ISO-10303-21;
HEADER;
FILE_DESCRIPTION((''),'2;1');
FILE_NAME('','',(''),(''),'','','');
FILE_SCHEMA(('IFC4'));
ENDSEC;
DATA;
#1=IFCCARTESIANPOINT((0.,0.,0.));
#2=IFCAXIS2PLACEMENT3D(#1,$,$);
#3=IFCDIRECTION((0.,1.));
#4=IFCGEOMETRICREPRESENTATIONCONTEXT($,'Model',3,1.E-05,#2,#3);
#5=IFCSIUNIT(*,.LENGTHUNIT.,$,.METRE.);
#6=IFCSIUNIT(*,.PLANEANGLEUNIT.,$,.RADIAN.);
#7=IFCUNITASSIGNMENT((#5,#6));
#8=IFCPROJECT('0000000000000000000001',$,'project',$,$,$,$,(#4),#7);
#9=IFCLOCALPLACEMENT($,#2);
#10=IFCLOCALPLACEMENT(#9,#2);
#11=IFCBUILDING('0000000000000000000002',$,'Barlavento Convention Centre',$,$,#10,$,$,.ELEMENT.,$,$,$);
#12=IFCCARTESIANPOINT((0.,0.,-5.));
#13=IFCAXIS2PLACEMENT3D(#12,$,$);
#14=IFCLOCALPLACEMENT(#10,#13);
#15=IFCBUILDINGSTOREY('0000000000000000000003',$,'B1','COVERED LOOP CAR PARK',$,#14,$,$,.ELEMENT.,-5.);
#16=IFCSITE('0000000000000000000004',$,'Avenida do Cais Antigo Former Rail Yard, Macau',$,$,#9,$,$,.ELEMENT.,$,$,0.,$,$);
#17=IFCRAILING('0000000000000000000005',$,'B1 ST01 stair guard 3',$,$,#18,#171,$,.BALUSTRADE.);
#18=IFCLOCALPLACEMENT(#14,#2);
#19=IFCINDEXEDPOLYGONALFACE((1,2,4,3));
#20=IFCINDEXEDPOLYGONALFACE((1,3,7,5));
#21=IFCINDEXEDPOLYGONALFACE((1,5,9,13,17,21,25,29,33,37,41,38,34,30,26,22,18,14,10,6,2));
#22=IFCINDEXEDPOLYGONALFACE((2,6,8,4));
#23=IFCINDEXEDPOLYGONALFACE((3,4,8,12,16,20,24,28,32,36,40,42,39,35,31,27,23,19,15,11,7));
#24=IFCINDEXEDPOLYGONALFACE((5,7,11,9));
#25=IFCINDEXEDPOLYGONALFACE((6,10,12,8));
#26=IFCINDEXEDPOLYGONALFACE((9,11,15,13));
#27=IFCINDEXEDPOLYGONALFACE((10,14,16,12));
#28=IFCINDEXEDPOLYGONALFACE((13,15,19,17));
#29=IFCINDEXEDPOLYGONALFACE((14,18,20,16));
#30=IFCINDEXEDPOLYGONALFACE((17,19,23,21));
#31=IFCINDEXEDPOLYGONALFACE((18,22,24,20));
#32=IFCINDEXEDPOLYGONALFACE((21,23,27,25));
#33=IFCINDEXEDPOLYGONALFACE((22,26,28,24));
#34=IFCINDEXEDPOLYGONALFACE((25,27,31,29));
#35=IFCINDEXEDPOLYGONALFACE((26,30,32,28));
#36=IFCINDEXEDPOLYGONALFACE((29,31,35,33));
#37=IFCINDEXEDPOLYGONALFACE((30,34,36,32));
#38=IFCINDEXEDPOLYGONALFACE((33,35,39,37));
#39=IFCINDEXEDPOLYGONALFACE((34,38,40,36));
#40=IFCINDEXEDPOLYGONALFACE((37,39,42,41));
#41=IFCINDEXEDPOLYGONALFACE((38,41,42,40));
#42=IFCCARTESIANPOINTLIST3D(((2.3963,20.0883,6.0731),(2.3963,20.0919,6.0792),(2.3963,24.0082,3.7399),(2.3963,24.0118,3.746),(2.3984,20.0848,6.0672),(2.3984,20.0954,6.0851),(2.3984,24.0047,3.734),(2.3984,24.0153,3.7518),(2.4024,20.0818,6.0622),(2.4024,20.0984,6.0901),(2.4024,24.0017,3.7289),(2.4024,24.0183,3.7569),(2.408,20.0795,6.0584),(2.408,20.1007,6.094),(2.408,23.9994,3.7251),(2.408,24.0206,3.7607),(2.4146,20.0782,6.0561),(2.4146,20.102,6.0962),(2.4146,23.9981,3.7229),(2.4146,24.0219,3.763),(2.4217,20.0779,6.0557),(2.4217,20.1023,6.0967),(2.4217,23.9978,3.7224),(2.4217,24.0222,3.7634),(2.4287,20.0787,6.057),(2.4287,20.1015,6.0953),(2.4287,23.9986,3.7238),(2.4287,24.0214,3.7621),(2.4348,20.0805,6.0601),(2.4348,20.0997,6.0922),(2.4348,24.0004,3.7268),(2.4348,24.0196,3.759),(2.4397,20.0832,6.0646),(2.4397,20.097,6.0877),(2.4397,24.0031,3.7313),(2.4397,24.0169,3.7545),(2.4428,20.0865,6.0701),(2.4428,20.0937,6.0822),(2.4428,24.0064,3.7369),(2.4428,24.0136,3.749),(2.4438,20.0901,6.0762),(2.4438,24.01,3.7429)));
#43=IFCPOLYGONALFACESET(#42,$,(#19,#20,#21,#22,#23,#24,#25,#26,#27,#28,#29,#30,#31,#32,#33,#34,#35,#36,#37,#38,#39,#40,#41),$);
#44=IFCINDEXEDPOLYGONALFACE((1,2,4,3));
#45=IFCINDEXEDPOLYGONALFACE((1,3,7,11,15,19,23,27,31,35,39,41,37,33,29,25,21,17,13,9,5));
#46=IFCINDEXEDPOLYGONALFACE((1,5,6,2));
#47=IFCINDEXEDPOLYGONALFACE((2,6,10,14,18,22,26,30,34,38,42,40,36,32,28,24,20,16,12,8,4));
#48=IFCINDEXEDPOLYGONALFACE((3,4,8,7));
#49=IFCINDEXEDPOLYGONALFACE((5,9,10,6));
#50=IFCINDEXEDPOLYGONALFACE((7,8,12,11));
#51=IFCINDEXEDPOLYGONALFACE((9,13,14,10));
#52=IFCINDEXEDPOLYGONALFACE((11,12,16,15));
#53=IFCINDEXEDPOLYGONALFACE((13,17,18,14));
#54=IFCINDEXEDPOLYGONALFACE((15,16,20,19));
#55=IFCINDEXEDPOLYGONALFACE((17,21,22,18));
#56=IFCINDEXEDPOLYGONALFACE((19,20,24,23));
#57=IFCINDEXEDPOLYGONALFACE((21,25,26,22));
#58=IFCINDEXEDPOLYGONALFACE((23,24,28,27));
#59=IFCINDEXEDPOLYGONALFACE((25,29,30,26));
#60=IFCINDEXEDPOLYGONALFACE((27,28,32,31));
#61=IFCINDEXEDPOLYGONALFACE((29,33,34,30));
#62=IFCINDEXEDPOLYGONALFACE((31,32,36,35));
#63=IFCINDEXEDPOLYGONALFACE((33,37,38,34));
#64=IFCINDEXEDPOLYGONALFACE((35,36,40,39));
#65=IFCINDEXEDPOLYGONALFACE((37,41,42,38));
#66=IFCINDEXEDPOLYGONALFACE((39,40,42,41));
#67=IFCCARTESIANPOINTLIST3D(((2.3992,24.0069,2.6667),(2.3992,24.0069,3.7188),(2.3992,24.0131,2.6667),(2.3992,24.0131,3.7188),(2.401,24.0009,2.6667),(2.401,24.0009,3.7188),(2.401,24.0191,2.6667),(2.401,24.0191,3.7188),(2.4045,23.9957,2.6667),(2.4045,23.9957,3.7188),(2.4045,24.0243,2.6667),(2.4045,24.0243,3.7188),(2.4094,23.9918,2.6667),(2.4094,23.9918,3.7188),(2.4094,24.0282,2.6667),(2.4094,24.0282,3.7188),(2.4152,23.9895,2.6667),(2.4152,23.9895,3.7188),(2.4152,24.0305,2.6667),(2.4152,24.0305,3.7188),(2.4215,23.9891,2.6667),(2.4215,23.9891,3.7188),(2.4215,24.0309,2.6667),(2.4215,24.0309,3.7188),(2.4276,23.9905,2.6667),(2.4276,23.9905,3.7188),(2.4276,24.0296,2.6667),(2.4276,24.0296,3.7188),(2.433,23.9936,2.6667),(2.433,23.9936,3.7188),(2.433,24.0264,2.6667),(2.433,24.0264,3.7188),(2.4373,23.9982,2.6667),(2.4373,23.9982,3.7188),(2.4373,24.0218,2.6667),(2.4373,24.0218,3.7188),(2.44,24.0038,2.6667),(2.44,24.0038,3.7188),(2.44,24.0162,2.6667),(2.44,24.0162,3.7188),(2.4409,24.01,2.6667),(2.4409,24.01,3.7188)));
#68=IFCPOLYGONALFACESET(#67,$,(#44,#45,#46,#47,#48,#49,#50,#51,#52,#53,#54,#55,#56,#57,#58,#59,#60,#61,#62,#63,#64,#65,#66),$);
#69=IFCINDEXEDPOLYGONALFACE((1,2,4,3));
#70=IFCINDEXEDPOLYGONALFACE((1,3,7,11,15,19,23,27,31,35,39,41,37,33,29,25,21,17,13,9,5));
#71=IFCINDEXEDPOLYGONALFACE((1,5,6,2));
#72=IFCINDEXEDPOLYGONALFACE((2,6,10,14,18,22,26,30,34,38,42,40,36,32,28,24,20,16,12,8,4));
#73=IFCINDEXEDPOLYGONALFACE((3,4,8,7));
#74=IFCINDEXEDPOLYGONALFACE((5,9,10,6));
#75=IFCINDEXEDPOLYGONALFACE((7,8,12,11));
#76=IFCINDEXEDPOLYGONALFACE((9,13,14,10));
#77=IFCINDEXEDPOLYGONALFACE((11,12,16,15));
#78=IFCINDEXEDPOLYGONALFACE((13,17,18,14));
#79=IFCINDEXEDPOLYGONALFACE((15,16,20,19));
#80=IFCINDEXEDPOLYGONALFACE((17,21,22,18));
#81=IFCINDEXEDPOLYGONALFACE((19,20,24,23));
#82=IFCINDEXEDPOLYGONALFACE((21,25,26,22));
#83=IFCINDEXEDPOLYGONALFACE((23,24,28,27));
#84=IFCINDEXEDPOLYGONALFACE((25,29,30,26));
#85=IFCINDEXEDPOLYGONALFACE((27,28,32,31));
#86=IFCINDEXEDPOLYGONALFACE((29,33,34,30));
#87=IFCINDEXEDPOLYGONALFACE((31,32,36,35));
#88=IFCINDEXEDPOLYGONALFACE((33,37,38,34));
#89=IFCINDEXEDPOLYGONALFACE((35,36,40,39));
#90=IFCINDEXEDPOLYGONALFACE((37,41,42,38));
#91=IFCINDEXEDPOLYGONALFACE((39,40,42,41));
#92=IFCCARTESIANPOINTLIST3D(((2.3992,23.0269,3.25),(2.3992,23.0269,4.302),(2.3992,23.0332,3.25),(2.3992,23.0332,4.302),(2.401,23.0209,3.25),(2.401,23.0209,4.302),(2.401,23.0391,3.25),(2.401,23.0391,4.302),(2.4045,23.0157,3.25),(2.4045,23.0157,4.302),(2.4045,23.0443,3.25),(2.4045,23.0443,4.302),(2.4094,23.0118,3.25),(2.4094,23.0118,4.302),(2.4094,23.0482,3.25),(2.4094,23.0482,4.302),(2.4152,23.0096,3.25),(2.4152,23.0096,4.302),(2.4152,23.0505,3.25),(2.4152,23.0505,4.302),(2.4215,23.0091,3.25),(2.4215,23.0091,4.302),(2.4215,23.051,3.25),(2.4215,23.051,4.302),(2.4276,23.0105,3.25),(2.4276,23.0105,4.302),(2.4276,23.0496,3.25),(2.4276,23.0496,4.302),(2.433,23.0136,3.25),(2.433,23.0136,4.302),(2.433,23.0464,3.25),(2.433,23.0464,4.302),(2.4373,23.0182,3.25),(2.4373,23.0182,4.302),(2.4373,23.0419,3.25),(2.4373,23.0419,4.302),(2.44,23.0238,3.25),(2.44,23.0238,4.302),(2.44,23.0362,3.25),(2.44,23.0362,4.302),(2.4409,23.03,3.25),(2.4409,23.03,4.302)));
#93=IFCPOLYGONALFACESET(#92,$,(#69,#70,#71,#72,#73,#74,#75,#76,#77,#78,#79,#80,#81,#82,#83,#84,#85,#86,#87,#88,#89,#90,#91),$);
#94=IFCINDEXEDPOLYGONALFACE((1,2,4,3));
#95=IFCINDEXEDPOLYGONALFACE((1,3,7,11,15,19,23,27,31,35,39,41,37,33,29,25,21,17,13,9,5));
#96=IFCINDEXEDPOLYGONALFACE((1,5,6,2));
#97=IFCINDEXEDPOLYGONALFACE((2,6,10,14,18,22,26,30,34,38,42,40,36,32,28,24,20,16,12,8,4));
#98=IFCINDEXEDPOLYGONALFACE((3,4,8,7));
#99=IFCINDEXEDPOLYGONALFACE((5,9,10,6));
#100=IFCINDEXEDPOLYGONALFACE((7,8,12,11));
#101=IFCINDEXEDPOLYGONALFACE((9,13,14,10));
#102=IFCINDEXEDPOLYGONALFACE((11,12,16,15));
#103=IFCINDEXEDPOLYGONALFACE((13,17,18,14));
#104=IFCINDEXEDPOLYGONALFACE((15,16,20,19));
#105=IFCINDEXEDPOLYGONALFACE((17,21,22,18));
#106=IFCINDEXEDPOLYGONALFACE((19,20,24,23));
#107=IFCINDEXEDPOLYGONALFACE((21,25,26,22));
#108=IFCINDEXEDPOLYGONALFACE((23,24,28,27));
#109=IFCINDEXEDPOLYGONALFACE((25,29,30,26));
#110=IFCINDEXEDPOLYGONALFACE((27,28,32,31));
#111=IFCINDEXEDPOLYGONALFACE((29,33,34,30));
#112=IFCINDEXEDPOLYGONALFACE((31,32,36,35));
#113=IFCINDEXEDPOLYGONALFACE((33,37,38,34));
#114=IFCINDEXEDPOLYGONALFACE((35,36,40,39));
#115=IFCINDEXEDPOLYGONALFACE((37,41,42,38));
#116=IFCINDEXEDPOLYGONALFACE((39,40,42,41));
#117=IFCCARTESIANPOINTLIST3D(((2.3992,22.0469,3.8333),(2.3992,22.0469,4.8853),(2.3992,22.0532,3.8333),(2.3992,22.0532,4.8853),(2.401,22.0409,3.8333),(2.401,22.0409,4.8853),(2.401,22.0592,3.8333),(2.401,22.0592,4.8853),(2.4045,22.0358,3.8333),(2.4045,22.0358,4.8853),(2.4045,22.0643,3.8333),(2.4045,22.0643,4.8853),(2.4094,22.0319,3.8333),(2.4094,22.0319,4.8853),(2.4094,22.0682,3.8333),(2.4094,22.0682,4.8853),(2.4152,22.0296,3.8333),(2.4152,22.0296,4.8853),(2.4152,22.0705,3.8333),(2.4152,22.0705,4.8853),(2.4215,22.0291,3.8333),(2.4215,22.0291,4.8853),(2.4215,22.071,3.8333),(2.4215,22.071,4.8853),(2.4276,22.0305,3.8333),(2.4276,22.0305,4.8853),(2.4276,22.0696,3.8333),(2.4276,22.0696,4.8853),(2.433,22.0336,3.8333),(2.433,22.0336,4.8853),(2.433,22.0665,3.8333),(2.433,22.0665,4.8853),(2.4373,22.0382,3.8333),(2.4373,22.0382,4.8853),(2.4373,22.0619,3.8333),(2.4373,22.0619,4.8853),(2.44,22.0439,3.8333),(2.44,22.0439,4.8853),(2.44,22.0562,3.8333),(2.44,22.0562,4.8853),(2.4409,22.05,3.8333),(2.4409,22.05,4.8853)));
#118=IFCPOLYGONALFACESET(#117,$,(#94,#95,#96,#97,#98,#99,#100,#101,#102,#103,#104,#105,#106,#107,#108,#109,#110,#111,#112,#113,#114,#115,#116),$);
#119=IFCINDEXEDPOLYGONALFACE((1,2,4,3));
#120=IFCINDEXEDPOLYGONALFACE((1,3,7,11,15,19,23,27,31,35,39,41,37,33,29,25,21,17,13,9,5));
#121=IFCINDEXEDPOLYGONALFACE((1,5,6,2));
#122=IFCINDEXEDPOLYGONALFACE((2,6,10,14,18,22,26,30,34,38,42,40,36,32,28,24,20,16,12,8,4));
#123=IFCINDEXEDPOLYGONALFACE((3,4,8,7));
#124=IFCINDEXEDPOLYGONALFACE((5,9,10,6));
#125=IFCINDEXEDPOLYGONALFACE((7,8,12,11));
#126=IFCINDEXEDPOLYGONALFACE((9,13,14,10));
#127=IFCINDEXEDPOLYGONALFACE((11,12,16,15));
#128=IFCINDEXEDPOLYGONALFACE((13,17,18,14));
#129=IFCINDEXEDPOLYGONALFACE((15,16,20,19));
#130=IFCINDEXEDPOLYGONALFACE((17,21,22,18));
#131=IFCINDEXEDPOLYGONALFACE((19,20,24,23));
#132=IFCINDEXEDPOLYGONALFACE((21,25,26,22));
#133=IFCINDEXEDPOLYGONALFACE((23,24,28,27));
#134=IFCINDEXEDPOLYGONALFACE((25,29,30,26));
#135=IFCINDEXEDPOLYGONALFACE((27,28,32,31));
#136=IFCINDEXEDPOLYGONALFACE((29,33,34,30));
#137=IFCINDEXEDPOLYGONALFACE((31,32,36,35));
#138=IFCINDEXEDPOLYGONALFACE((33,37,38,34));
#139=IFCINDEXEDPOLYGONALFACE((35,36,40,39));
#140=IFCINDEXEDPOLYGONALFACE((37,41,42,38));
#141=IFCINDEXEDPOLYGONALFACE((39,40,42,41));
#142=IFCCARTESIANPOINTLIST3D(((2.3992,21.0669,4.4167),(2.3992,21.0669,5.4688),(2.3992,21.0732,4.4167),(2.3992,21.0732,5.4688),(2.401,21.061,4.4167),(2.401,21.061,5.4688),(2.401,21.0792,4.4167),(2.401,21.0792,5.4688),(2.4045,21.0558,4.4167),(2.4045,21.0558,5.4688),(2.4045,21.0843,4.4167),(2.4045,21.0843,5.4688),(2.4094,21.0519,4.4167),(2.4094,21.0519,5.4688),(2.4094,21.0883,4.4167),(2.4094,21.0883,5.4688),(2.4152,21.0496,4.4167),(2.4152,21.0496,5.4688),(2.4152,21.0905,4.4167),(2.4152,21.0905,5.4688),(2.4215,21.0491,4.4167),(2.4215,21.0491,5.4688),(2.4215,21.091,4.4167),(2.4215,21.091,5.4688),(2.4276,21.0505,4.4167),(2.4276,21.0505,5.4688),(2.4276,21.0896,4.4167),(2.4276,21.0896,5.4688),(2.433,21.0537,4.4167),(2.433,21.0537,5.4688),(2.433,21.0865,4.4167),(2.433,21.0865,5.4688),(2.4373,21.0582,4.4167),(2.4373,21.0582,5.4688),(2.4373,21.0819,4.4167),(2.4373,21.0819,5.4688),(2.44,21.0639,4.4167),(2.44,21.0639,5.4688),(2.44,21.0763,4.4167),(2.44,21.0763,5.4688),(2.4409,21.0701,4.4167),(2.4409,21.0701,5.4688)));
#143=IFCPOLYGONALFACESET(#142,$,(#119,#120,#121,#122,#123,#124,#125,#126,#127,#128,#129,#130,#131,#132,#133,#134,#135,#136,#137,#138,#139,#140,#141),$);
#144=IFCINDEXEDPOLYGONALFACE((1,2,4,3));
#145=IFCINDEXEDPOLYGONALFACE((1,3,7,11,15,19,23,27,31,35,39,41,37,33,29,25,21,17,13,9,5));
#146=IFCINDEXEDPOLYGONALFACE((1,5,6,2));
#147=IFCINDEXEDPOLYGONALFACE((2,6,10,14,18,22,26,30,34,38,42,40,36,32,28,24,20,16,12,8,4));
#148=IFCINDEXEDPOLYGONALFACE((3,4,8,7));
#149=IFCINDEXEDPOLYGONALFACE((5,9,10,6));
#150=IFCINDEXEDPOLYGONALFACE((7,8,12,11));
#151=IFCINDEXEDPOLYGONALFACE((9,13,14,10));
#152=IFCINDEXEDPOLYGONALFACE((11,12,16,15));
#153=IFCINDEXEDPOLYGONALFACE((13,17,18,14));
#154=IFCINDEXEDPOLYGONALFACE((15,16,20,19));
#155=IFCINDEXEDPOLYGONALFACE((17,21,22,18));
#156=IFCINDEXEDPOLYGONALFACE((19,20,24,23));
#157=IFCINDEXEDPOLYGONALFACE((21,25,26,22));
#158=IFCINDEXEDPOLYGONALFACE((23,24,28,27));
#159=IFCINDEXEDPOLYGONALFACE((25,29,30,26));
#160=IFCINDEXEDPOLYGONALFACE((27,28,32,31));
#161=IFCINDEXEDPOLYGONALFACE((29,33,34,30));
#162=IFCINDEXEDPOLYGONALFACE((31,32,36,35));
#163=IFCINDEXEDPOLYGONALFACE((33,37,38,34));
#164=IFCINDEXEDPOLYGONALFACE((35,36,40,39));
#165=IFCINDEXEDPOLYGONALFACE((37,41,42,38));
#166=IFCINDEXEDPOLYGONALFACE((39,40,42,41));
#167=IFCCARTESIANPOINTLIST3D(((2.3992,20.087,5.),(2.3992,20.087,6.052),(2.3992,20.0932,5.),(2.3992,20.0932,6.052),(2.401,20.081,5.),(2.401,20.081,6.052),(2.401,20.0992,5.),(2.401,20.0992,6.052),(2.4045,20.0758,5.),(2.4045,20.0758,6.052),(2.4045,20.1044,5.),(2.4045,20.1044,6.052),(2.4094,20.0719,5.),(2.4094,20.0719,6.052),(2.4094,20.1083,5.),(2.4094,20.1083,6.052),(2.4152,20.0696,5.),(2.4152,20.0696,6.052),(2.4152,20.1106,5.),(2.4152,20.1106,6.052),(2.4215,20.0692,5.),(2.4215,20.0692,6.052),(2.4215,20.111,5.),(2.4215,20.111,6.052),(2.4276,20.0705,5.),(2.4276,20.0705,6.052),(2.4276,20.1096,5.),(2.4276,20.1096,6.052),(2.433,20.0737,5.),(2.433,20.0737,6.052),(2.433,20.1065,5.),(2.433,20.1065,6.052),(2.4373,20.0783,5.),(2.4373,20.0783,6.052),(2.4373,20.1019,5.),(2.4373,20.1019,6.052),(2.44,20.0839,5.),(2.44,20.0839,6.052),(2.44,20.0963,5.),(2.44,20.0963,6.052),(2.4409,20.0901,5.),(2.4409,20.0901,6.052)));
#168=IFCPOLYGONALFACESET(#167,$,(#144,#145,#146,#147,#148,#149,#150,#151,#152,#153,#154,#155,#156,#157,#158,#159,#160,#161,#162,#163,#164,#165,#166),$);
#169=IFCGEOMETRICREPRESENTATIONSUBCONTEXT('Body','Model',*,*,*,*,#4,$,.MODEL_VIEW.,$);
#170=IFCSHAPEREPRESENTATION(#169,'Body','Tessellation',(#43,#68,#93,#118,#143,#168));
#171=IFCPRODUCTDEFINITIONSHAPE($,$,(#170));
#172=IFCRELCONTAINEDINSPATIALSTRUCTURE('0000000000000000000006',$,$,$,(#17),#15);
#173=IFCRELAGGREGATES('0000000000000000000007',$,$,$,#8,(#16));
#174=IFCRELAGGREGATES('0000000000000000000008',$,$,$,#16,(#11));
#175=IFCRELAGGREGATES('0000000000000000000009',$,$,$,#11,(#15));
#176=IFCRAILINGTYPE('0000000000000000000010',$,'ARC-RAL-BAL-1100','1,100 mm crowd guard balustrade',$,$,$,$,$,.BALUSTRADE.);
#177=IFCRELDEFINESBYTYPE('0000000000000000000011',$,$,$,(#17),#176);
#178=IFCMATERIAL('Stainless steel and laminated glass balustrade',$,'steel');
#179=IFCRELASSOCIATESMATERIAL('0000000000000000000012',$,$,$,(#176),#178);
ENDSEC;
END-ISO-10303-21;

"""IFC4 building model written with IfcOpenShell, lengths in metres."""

from ifc_helpers import new_model, si_unit, direction, frame, origin, origin_2d, place, context, subcontext, project, spatial, circle, extrude, material, type_object, element, save


model = new_model("IFC4")

# Units and contexts
model_context = context("Model", 3, precision=1e-05, world=origin(), true_north=direction((0.0, 1.0)))
body_context = subcontext(model_context, "Body", "Model", "MODEL_VIEW")
ifc_project = project(units=[si_unit("LENGTHUNIT", "METRE"), si_unit("PLANEANGLEUNIT", "RADIAN")], contexts=[model_context])

# Site, building, storey
site_placement = place(None, origin())
site = spatial("IfcSite", under=ifc_project, at=site_placement, Name="Avenida do Cais Antigo Former Rail Yard, Macau", CompositionType="ELEMENT", RefElevation=0.0)
building_placement = place(site_placement, origin())
building = spatial("IfcBuilding", under=site, at=building_placement, Name="Barlavento Convention Centre", CompositionType="ELEMENT")
storey_placement = place(building_placement, frame((0.0, 0.0, -5.0)))
storey = spatial("IfcBuildingStorey", under=building, at=storey_placement, Name="B1", Description="COVERED LOOP CAR PARK", CompositionType="ELEMENT", Elevation=-5.0)

# Railing
ifc_material_1 = material(Name="Stainless steel and laminated glass balustrade", Category="steel")
railing_type_1 = type_object("IfcRailingType", Name="ARC-RAL-BAL-1100", Description="1,100 mm crowd guard balustrade", PredefinedType="BALUSTRADE", material=ifc_material_1)
railing_1_placement = place(storey_placement, frame((2.4199, 24.01, 2.6667)))
element("IfcRailing", 1, at=railing_1_placement, inside=storey, type_object=railing_type_1, Name="B1 ST01 stair guard 3", PredefinedType="BALUSTRADE", context=body_context, shape_type="SweptSolid", body=[
    extrude(circle(Radius=0.0239, at=origin_2d()), frame((0.0, 0.0, 1.0762), z_axis=(0.0, -0.859296, 0.511478), x_axis=(1.0, 0.0, 0.0)), (0.0, 0.0, 1.0), 4.5618),
    extrude(circle(Radius=0.021, at=origin_2d()), origin(), (0.0, 0.0, 1.0), 1.052),
    extrude(circle(Radius=0.021, at=origin_2d()), frame((0.0, -0.98, 0.5833)), (0.0, 0.0, 1.0), 1.052),
    extrude(circle(Radius=0.021, at=origin_2d()), frame((0.0, -1.96, 1.1665)), (0.0, 0.0, 1.0), 1.052),
    extrude(circle(Radius=0.021, at=origin_2d()), frame((0.0, -2.9399, 1.75)), (0.0, 0.0, 1.0), 1.052),
    extrude(circle(Radius=0.021, at=origin_2d()), frame((0.0, -3.9199, 2.3333)), (0.0, 0.0, 1.0), 1.052),
])

save(model, "model.ifc")
